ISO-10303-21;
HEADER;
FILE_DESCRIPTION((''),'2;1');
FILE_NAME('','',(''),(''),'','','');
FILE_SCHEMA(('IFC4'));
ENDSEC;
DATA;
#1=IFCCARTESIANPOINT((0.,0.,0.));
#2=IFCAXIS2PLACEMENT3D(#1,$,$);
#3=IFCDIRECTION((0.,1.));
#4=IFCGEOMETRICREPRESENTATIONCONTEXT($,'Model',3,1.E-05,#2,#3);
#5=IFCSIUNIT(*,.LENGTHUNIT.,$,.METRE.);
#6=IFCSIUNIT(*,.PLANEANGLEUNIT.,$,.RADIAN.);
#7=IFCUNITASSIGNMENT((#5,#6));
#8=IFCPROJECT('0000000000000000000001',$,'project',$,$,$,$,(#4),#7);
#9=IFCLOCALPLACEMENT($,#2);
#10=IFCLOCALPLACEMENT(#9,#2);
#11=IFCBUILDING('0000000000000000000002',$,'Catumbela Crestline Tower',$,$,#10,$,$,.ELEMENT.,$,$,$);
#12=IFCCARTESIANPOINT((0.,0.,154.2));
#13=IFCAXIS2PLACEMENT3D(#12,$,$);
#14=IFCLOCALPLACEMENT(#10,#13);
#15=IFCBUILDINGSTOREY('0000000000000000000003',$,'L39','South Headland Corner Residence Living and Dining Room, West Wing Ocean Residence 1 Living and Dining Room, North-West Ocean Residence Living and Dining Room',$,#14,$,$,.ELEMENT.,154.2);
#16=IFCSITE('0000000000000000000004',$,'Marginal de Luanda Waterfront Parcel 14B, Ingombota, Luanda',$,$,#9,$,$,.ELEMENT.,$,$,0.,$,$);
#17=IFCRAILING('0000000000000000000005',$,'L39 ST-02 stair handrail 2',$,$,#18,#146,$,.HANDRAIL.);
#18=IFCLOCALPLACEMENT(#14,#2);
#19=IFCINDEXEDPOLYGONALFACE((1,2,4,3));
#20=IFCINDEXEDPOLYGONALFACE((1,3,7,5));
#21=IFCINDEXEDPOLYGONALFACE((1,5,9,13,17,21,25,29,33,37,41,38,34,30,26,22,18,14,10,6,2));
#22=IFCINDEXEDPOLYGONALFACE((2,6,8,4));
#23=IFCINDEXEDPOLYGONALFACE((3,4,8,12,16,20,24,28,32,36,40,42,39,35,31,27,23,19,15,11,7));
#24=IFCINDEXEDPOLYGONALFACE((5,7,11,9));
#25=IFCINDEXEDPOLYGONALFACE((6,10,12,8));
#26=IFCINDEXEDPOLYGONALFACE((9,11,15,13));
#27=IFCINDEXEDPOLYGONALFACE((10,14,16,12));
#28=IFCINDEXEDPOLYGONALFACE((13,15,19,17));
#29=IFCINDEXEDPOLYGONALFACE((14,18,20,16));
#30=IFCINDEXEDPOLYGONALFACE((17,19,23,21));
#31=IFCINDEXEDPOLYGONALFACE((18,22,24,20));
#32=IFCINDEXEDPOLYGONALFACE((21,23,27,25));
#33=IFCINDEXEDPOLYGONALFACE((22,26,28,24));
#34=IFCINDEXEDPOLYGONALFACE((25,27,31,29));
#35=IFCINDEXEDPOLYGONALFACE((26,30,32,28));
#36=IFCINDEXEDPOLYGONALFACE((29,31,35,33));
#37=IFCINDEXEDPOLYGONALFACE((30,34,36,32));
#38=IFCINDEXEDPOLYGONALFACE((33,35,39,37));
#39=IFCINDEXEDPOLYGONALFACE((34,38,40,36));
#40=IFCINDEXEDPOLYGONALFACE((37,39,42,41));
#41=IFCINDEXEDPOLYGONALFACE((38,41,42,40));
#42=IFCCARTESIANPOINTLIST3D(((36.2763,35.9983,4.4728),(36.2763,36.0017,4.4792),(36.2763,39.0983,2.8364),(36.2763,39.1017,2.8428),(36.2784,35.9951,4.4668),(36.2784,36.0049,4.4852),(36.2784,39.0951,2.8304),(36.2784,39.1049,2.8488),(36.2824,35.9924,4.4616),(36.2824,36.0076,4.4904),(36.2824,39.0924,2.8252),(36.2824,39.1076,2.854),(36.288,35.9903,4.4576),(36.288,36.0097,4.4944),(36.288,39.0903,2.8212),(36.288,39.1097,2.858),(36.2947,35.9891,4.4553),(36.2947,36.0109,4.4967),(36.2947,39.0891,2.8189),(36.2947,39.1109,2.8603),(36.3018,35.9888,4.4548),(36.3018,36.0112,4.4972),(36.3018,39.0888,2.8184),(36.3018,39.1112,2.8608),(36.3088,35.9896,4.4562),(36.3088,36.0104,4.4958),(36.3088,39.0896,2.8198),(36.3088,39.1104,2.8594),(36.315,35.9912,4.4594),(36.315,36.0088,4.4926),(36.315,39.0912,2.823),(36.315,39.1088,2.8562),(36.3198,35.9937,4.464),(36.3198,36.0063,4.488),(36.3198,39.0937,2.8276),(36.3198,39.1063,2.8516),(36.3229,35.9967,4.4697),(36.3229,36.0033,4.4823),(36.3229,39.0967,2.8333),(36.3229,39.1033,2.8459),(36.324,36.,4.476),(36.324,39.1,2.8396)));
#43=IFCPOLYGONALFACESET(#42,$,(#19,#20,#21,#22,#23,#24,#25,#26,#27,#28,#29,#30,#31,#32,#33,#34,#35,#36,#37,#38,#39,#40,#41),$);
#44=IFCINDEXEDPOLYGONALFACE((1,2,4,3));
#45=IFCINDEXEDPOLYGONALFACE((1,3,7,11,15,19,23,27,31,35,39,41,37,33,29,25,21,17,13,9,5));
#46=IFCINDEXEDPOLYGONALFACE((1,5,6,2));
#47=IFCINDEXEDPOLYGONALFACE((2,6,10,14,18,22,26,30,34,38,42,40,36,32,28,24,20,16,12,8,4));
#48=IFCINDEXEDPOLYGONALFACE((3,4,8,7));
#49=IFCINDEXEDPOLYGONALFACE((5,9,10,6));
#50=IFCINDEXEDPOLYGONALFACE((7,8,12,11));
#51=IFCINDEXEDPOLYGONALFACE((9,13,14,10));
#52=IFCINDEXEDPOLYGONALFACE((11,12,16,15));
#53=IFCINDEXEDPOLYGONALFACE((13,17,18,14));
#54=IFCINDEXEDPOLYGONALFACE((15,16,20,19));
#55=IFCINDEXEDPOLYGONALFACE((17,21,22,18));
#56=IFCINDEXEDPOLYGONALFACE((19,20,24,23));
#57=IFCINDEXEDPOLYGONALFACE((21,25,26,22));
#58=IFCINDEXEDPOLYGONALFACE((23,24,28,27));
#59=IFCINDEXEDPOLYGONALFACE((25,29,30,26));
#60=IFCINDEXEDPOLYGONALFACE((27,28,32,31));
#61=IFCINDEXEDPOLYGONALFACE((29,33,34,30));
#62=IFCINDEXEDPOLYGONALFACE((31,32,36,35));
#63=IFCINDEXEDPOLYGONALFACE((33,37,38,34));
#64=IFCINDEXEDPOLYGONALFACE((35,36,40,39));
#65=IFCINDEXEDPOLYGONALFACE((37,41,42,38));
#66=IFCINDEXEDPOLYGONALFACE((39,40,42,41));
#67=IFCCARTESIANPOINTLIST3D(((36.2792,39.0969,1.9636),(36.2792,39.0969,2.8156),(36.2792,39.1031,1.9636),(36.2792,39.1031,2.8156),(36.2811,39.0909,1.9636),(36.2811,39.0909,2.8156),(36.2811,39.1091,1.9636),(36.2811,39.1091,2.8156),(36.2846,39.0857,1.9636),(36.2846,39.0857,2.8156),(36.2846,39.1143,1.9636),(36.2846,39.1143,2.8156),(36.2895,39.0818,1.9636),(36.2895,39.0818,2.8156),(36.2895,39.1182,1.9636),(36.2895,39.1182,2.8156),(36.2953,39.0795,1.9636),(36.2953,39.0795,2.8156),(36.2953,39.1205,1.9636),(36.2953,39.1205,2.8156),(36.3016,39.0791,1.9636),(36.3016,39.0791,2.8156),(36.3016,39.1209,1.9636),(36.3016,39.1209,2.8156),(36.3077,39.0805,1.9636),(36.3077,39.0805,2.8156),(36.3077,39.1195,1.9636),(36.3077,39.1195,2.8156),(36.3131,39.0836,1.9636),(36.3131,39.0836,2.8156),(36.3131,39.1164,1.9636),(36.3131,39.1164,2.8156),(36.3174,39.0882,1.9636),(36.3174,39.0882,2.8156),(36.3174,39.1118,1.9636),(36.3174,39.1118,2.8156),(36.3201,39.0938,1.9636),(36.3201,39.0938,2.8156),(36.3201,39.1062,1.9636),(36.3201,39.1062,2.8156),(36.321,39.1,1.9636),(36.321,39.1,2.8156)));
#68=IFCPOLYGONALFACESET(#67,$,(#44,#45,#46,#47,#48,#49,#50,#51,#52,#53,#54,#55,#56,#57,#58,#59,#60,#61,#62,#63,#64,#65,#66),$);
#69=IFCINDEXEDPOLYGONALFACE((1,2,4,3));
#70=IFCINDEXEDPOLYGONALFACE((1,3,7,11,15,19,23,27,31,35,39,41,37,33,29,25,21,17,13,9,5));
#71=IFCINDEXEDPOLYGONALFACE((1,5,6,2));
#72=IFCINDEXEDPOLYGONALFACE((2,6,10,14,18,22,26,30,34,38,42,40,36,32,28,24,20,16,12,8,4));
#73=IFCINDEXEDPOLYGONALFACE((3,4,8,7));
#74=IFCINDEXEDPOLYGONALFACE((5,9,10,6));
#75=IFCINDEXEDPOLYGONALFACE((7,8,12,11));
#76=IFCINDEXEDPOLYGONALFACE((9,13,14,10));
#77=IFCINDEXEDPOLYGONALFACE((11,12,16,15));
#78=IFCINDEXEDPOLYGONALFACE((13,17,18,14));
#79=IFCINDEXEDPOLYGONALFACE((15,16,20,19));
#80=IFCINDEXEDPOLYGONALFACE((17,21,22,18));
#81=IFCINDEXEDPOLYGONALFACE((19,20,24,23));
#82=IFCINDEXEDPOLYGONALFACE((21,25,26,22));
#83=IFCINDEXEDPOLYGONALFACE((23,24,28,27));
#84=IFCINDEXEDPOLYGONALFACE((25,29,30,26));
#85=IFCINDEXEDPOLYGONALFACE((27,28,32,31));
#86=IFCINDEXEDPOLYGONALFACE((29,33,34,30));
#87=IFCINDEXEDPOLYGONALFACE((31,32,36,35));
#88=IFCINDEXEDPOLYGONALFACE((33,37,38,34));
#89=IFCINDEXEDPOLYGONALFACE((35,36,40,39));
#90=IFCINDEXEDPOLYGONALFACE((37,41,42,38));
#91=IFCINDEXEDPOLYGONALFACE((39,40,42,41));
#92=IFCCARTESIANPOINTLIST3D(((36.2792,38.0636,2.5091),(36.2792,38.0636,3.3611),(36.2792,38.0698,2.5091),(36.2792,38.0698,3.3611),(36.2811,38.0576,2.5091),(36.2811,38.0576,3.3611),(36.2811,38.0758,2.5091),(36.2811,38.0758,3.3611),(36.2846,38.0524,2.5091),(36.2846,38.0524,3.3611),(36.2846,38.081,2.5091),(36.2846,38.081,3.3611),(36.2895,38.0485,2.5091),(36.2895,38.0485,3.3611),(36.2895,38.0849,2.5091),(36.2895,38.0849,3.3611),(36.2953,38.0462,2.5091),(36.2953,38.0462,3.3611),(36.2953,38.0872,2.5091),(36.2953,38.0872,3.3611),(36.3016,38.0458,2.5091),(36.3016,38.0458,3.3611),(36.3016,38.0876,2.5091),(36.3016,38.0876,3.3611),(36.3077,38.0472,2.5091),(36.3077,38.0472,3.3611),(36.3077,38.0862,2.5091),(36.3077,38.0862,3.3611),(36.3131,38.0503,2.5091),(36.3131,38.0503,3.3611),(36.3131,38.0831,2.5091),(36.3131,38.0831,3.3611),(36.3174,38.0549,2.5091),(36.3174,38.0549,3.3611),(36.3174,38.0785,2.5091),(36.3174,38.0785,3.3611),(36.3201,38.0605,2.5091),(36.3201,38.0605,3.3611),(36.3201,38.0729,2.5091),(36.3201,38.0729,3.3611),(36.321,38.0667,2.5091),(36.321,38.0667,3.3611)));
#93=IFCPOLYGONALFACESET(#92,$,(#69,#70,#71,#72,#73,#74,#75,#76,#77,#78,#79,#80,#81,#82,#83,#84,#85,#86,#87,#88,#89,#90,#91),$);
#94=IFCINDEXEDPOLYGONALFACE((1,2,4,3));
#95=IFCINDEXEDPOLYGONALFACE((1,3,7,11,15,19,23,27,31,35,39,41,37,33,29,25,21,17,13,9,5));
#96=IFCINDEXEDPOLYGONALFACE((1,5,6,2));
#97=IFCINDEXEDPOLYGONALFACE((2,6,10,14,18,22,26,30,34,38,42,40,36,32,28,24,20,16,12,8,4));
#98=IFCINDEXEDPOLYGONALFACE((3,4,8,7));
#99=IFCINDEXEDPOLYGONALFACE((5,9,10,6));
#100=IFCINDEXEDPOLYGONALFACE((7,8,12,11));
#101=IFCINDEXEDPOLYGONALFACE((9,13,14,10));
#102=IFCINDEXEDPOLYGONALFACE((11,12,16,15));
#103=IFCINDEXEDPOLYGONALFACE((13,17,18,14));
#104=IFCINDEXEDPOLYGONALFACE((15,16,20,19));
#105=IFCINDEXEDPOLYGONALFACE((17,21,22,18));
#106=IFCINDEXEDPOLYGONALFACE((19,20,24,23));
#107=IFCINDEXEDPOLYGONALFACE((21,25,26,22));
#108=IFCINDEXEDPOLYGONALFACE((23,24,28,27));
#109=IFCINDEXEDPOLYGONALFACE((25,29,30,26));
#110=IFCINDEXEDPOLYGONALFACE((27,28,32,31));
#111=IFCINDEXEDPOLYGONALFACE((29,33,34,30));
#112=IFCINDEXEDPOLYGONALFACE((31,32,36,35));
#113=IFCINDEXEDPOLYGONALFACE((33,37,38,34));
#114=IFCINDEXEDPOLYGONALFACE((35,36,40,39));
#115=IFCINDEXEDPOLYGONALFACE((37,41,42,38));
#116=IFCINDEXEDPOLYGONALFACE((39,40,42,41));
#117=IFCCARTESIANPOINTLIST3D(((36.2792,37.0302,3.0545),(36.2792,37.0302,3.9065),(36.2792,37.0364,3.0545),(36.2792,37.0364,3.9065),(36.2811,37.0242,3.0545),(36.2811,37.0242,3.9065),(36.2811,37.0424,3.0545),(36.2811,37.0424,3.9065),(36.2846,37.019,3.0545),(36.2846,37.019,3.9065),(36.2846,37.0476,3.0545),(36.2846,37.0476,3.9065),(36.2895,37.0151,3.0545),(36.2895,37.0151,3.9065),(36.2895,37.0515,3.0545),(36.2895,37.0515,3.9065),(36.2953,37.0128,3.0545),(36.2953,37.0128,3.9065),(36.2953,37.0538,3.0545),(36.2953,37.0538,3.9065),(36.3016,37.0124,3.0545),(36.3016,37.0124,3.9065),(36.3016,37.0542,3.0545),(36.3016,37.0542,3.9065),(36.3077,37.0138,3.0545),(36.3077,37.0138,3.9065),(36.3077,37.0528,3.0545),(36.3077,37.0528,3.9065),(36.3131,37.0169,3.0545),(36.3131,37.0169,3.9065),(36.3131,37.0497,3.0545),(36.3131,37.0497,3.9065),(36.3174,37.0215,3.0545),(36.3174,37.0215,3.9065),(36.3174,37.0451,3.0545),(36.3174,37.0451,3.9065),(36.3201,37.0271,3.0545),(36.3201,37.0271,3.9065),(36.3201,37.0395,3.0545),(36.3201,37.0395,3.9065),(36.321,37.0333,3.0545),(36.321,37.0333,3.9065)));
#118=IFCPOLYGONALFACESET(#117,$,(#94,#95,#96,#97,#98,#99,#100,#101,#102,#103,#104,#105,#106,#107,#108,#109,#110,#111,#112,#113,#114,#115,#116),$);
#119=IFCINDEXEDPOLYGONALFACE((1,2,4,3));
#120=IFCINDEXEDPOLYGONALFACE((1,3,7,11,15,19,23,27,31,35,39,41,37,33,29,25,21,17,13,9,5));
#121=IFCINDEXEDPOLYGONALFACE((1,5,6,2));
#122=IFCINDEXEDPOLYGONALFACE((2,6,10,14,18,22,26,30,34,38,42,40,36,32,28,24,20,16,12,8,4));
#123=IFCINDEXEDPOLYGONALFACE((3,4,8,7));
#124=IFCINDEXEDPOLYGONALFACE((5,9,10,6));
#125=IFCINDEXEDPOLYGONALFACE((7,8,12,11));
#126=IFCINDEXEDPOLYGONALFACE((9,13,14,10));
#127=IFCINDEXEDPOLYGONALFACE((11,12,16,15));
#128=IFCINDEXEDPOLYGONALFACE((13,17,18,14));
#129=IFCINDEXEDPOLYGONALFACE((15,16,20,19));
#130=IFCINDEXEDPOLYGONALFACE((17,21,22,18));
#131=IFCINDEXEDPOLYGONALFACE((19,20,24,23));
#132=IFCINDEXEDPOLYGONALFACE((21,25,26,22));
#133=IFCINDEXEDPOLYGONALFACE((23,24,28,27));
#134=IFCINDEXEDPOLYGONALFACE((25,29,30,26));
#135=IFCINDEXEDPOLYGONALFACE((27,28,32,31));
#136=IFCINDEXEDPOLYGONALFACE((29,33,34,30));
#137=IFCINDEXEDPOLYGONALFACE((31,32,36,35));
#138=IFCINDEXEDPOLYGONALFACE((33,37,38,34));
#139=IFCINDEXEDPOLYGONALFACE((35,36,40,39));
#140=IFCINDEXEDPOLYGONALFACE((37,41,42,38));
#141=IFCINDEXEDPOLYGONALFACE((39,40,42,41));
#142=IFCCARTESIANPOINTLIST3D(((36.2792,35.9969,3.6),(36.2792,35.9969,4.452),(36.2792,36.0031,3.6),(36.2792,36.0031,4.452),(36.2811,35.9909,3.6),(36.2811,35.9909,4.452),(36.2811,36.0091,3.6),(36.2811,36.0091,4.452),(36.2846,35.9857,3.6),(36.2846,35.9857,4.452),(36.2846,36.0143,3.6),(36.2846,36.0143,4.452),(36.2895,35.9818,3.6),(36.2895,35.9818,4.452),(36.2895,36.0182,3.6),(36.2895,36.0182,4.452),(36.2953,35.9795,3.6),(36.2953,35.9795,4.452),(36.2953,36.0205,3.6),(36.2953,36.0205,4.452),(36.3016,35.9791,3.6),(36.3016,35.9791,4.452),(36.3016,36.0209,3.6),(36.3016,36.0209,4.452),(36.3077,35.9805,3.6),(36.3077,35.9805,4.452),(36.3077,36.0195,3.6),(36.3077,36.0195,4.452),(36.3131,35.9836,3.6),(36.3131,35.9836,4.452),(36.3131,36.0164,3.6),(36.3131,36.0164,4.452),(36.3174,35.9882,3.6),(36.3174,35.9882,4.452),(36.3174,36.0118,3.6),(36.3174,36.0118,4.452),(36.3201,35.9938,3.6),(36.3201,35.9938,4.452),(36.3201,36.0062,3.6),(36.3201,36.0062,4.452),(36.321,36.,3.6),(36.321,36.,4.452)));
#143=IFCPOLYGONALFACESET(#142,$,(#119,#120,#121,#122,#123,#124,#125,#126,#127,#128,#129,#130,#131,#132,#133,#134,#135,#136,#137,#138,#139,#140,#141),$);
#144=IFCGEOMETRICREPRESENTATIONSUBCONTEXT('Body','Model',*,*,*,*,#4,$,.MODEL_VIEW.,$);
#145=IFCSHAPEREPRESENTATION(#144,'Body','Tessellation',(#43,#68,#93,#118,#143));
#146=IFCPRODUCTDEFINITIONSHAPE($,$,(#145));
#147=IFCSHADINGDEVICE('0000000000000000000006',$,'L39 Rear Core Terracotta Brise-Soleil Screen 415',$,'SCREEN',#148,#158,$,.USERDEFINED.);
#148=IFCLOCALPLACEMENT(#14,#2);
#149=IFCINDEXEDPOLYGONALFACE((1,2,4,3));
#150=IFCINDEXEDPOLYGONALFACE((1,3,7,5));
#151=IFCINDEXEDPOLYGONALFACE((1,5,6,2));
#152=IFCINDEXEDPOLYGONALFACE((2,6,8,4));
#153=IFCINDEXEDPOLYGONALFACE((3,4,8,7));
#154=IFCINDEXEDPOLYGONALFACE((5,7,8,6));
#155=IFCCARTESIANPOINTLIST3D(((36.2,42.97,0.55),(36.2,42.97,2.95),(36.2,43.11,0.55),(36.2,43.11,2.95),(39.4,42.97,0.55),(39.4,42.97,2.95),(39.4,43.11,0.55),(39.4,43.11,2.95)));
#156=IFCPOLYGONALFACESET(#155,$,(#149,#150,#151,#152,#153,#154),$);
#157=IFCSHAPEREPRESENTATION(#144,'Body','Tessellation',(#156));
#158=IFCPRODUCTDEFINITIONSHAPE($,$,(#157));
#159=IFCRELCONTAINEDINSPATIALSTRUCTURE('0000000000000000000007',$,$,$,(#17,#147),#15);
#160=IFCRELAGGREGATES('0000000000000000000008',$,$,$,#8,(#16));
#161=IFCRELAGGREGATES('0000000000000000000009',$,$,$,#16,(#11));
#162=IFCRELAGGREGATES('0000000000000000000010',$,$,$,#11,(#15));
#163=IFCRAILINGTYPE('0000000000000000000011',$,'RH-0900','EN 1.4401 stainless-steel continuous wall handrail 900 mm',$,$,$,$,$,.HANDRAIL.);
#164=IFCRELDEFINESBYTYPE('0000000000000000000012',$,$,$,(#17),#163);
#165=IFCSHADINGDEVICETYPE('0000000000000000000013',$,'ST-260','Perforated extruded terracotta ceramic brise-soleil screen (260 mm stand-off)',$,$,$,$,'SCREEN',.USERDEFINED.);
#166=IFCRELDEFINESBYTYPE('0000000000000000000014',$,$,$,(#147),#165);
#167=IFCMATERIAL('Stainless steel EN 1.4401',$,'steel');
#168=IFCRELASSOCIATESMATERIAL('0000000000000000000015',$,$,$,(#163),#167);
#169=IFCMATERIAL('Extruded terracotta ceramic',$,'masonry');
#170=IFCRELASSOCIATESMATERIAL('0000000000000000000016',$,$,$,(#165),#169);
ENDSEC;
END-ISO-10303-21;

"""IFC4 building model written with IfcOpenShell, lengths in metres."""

from ifc_helpers import new_model, si_unit, direction, frame, origin, origin_2d, place, context, subcontext, project, spatial, rectangle, circle, extrude, material, type_object, element, save


model = new_model("IFC4")

# Units and contexts
model_context = context("Model", 3, precision=1e-05, world=origin(), true_north=direction((0.0, 1.0)))
body_context = subcontext(model_context, "Body", "Model", "MODEL_VIEW")
ifc_project = project(units=[si_unit("LENGTHUNIT", "METRE"), si_unit("PLANEANGLEUNIT", "RADIAN")], contexts=[model_context])

# Site, building, storey
site_placement = place(None, origin())
site = spatial("IfcSite", under=ifc_project, at=site_placement, Name="Marginal de Luanda Waterfront Parcel 14B, Ingombota, Luanda", CompositionType="ELEMENT", RefElevation=0.0)
building_placement = place(site_placement, origin())
building = spatial("IfcBuilding", under=site, at=building_placement, Name="Catumbela Crestline Tower", CompositionType="ELEMENT")
storey_placement = place(building_placement, frame((0.0, 0.0, 154.2)))
storey = spatial("IfcBuildingStorey", under=building, at=storey_placement, Name="L39", Description="South Headland Corner Residence Living and Dining Room, West Wing Ocean Residence 1 Living and Dining Room, North-West Ocean Residence Living and Dining Room", CompositionType="ELEMENT", Elevation=154.2)

# Shared definitions
ifc_material_1 = material(Name="Stainless steel EN 1.4401", Category="steel")

# Railing
railing_type_1 = type_object("IfcRailingType", Name="RH-0900", Description="EN 1.4401 stainless-steel continuous wall handrail 900 mm", PredefinedType="HANDRAIL", material=ifc_material_1)
railing_1_placement = place(storey_placement, frame((36.3, 39.1, 1.9636)))
element("IfcRailing", 1, at=railing_1_placement, inside=storey, type_object=railing_type_1, Name="L39 ST-02 stair handrail 2", PredefinedType="HANDRAIL", context=body_context, shape_type="SweptSolid", body=[
    extrude(circle(Radius=0.024, at=origin_2d()), frame((0.0, 0.0, 0.876), z_axis=(0.0, -0.884351, 0.466823), x_axis=(1.0, 0.0, 0.0)), (0.0, 0.0, 1.0), 3.5054),
    extrude(circle(Radius=0.021, at=origin_2d()), origin(), (0.0, 0.0, 1.0), 0.852),
    extrude(circle(Radius=0.021, at=origin_2d()), frame((0.0, -1.0333, 0.5455)), (0.0, 0.0, 1.0), 0.852),
    extrude(circle(Radius=0.021, at=origin_2d()), frame((0.0, -2.0667, 1.0909)), (0.0, 0.0, 1.0), 0.852),
    extrude(circle(Radius=0.021, at=origin_2d()), frame((0.0, -3.1, 1.6364)), (0.0, 0.0, 1.0), 0.852),
])

# Shading device
ifc_material_2 = material(Name="Extruded terracotta ceramic", Category="masonry")
shading_device_type = type_object("IfcShadingDeviceType", Name="ST-260", Description="Perforated extruded terracotta ceramic brise-soleil screen (260 mm stand-off)", ElementType="SCREEN", PredefinedType="USERDEFINED", material=ifc_material_2)
shading_device_placement = place(storey_placement, frame((37.8, 43.04, 0.55), z_axis=(0.0, 0.0, 1.0), x_axis=(1.0, 0.0, 0.0)))
element("IfcShadingDevice", 2, at=shading_device_placement, inside=storey, type_object=shading_device_type, Name="L39 Rear Core Terracotta Brise-Soleil Screen 415", ObjectType="SCREEN", PredefinedType="USERDEFINED", context=body_context, shape_type="SweptSolid", body=[
    extrude(rectangle(XDim=3.2, YDim=0.14, at=origin_2d()), origin(), (0.0, 0.0, 1.0), 2.4),
])

save(model, "model.ifc")
